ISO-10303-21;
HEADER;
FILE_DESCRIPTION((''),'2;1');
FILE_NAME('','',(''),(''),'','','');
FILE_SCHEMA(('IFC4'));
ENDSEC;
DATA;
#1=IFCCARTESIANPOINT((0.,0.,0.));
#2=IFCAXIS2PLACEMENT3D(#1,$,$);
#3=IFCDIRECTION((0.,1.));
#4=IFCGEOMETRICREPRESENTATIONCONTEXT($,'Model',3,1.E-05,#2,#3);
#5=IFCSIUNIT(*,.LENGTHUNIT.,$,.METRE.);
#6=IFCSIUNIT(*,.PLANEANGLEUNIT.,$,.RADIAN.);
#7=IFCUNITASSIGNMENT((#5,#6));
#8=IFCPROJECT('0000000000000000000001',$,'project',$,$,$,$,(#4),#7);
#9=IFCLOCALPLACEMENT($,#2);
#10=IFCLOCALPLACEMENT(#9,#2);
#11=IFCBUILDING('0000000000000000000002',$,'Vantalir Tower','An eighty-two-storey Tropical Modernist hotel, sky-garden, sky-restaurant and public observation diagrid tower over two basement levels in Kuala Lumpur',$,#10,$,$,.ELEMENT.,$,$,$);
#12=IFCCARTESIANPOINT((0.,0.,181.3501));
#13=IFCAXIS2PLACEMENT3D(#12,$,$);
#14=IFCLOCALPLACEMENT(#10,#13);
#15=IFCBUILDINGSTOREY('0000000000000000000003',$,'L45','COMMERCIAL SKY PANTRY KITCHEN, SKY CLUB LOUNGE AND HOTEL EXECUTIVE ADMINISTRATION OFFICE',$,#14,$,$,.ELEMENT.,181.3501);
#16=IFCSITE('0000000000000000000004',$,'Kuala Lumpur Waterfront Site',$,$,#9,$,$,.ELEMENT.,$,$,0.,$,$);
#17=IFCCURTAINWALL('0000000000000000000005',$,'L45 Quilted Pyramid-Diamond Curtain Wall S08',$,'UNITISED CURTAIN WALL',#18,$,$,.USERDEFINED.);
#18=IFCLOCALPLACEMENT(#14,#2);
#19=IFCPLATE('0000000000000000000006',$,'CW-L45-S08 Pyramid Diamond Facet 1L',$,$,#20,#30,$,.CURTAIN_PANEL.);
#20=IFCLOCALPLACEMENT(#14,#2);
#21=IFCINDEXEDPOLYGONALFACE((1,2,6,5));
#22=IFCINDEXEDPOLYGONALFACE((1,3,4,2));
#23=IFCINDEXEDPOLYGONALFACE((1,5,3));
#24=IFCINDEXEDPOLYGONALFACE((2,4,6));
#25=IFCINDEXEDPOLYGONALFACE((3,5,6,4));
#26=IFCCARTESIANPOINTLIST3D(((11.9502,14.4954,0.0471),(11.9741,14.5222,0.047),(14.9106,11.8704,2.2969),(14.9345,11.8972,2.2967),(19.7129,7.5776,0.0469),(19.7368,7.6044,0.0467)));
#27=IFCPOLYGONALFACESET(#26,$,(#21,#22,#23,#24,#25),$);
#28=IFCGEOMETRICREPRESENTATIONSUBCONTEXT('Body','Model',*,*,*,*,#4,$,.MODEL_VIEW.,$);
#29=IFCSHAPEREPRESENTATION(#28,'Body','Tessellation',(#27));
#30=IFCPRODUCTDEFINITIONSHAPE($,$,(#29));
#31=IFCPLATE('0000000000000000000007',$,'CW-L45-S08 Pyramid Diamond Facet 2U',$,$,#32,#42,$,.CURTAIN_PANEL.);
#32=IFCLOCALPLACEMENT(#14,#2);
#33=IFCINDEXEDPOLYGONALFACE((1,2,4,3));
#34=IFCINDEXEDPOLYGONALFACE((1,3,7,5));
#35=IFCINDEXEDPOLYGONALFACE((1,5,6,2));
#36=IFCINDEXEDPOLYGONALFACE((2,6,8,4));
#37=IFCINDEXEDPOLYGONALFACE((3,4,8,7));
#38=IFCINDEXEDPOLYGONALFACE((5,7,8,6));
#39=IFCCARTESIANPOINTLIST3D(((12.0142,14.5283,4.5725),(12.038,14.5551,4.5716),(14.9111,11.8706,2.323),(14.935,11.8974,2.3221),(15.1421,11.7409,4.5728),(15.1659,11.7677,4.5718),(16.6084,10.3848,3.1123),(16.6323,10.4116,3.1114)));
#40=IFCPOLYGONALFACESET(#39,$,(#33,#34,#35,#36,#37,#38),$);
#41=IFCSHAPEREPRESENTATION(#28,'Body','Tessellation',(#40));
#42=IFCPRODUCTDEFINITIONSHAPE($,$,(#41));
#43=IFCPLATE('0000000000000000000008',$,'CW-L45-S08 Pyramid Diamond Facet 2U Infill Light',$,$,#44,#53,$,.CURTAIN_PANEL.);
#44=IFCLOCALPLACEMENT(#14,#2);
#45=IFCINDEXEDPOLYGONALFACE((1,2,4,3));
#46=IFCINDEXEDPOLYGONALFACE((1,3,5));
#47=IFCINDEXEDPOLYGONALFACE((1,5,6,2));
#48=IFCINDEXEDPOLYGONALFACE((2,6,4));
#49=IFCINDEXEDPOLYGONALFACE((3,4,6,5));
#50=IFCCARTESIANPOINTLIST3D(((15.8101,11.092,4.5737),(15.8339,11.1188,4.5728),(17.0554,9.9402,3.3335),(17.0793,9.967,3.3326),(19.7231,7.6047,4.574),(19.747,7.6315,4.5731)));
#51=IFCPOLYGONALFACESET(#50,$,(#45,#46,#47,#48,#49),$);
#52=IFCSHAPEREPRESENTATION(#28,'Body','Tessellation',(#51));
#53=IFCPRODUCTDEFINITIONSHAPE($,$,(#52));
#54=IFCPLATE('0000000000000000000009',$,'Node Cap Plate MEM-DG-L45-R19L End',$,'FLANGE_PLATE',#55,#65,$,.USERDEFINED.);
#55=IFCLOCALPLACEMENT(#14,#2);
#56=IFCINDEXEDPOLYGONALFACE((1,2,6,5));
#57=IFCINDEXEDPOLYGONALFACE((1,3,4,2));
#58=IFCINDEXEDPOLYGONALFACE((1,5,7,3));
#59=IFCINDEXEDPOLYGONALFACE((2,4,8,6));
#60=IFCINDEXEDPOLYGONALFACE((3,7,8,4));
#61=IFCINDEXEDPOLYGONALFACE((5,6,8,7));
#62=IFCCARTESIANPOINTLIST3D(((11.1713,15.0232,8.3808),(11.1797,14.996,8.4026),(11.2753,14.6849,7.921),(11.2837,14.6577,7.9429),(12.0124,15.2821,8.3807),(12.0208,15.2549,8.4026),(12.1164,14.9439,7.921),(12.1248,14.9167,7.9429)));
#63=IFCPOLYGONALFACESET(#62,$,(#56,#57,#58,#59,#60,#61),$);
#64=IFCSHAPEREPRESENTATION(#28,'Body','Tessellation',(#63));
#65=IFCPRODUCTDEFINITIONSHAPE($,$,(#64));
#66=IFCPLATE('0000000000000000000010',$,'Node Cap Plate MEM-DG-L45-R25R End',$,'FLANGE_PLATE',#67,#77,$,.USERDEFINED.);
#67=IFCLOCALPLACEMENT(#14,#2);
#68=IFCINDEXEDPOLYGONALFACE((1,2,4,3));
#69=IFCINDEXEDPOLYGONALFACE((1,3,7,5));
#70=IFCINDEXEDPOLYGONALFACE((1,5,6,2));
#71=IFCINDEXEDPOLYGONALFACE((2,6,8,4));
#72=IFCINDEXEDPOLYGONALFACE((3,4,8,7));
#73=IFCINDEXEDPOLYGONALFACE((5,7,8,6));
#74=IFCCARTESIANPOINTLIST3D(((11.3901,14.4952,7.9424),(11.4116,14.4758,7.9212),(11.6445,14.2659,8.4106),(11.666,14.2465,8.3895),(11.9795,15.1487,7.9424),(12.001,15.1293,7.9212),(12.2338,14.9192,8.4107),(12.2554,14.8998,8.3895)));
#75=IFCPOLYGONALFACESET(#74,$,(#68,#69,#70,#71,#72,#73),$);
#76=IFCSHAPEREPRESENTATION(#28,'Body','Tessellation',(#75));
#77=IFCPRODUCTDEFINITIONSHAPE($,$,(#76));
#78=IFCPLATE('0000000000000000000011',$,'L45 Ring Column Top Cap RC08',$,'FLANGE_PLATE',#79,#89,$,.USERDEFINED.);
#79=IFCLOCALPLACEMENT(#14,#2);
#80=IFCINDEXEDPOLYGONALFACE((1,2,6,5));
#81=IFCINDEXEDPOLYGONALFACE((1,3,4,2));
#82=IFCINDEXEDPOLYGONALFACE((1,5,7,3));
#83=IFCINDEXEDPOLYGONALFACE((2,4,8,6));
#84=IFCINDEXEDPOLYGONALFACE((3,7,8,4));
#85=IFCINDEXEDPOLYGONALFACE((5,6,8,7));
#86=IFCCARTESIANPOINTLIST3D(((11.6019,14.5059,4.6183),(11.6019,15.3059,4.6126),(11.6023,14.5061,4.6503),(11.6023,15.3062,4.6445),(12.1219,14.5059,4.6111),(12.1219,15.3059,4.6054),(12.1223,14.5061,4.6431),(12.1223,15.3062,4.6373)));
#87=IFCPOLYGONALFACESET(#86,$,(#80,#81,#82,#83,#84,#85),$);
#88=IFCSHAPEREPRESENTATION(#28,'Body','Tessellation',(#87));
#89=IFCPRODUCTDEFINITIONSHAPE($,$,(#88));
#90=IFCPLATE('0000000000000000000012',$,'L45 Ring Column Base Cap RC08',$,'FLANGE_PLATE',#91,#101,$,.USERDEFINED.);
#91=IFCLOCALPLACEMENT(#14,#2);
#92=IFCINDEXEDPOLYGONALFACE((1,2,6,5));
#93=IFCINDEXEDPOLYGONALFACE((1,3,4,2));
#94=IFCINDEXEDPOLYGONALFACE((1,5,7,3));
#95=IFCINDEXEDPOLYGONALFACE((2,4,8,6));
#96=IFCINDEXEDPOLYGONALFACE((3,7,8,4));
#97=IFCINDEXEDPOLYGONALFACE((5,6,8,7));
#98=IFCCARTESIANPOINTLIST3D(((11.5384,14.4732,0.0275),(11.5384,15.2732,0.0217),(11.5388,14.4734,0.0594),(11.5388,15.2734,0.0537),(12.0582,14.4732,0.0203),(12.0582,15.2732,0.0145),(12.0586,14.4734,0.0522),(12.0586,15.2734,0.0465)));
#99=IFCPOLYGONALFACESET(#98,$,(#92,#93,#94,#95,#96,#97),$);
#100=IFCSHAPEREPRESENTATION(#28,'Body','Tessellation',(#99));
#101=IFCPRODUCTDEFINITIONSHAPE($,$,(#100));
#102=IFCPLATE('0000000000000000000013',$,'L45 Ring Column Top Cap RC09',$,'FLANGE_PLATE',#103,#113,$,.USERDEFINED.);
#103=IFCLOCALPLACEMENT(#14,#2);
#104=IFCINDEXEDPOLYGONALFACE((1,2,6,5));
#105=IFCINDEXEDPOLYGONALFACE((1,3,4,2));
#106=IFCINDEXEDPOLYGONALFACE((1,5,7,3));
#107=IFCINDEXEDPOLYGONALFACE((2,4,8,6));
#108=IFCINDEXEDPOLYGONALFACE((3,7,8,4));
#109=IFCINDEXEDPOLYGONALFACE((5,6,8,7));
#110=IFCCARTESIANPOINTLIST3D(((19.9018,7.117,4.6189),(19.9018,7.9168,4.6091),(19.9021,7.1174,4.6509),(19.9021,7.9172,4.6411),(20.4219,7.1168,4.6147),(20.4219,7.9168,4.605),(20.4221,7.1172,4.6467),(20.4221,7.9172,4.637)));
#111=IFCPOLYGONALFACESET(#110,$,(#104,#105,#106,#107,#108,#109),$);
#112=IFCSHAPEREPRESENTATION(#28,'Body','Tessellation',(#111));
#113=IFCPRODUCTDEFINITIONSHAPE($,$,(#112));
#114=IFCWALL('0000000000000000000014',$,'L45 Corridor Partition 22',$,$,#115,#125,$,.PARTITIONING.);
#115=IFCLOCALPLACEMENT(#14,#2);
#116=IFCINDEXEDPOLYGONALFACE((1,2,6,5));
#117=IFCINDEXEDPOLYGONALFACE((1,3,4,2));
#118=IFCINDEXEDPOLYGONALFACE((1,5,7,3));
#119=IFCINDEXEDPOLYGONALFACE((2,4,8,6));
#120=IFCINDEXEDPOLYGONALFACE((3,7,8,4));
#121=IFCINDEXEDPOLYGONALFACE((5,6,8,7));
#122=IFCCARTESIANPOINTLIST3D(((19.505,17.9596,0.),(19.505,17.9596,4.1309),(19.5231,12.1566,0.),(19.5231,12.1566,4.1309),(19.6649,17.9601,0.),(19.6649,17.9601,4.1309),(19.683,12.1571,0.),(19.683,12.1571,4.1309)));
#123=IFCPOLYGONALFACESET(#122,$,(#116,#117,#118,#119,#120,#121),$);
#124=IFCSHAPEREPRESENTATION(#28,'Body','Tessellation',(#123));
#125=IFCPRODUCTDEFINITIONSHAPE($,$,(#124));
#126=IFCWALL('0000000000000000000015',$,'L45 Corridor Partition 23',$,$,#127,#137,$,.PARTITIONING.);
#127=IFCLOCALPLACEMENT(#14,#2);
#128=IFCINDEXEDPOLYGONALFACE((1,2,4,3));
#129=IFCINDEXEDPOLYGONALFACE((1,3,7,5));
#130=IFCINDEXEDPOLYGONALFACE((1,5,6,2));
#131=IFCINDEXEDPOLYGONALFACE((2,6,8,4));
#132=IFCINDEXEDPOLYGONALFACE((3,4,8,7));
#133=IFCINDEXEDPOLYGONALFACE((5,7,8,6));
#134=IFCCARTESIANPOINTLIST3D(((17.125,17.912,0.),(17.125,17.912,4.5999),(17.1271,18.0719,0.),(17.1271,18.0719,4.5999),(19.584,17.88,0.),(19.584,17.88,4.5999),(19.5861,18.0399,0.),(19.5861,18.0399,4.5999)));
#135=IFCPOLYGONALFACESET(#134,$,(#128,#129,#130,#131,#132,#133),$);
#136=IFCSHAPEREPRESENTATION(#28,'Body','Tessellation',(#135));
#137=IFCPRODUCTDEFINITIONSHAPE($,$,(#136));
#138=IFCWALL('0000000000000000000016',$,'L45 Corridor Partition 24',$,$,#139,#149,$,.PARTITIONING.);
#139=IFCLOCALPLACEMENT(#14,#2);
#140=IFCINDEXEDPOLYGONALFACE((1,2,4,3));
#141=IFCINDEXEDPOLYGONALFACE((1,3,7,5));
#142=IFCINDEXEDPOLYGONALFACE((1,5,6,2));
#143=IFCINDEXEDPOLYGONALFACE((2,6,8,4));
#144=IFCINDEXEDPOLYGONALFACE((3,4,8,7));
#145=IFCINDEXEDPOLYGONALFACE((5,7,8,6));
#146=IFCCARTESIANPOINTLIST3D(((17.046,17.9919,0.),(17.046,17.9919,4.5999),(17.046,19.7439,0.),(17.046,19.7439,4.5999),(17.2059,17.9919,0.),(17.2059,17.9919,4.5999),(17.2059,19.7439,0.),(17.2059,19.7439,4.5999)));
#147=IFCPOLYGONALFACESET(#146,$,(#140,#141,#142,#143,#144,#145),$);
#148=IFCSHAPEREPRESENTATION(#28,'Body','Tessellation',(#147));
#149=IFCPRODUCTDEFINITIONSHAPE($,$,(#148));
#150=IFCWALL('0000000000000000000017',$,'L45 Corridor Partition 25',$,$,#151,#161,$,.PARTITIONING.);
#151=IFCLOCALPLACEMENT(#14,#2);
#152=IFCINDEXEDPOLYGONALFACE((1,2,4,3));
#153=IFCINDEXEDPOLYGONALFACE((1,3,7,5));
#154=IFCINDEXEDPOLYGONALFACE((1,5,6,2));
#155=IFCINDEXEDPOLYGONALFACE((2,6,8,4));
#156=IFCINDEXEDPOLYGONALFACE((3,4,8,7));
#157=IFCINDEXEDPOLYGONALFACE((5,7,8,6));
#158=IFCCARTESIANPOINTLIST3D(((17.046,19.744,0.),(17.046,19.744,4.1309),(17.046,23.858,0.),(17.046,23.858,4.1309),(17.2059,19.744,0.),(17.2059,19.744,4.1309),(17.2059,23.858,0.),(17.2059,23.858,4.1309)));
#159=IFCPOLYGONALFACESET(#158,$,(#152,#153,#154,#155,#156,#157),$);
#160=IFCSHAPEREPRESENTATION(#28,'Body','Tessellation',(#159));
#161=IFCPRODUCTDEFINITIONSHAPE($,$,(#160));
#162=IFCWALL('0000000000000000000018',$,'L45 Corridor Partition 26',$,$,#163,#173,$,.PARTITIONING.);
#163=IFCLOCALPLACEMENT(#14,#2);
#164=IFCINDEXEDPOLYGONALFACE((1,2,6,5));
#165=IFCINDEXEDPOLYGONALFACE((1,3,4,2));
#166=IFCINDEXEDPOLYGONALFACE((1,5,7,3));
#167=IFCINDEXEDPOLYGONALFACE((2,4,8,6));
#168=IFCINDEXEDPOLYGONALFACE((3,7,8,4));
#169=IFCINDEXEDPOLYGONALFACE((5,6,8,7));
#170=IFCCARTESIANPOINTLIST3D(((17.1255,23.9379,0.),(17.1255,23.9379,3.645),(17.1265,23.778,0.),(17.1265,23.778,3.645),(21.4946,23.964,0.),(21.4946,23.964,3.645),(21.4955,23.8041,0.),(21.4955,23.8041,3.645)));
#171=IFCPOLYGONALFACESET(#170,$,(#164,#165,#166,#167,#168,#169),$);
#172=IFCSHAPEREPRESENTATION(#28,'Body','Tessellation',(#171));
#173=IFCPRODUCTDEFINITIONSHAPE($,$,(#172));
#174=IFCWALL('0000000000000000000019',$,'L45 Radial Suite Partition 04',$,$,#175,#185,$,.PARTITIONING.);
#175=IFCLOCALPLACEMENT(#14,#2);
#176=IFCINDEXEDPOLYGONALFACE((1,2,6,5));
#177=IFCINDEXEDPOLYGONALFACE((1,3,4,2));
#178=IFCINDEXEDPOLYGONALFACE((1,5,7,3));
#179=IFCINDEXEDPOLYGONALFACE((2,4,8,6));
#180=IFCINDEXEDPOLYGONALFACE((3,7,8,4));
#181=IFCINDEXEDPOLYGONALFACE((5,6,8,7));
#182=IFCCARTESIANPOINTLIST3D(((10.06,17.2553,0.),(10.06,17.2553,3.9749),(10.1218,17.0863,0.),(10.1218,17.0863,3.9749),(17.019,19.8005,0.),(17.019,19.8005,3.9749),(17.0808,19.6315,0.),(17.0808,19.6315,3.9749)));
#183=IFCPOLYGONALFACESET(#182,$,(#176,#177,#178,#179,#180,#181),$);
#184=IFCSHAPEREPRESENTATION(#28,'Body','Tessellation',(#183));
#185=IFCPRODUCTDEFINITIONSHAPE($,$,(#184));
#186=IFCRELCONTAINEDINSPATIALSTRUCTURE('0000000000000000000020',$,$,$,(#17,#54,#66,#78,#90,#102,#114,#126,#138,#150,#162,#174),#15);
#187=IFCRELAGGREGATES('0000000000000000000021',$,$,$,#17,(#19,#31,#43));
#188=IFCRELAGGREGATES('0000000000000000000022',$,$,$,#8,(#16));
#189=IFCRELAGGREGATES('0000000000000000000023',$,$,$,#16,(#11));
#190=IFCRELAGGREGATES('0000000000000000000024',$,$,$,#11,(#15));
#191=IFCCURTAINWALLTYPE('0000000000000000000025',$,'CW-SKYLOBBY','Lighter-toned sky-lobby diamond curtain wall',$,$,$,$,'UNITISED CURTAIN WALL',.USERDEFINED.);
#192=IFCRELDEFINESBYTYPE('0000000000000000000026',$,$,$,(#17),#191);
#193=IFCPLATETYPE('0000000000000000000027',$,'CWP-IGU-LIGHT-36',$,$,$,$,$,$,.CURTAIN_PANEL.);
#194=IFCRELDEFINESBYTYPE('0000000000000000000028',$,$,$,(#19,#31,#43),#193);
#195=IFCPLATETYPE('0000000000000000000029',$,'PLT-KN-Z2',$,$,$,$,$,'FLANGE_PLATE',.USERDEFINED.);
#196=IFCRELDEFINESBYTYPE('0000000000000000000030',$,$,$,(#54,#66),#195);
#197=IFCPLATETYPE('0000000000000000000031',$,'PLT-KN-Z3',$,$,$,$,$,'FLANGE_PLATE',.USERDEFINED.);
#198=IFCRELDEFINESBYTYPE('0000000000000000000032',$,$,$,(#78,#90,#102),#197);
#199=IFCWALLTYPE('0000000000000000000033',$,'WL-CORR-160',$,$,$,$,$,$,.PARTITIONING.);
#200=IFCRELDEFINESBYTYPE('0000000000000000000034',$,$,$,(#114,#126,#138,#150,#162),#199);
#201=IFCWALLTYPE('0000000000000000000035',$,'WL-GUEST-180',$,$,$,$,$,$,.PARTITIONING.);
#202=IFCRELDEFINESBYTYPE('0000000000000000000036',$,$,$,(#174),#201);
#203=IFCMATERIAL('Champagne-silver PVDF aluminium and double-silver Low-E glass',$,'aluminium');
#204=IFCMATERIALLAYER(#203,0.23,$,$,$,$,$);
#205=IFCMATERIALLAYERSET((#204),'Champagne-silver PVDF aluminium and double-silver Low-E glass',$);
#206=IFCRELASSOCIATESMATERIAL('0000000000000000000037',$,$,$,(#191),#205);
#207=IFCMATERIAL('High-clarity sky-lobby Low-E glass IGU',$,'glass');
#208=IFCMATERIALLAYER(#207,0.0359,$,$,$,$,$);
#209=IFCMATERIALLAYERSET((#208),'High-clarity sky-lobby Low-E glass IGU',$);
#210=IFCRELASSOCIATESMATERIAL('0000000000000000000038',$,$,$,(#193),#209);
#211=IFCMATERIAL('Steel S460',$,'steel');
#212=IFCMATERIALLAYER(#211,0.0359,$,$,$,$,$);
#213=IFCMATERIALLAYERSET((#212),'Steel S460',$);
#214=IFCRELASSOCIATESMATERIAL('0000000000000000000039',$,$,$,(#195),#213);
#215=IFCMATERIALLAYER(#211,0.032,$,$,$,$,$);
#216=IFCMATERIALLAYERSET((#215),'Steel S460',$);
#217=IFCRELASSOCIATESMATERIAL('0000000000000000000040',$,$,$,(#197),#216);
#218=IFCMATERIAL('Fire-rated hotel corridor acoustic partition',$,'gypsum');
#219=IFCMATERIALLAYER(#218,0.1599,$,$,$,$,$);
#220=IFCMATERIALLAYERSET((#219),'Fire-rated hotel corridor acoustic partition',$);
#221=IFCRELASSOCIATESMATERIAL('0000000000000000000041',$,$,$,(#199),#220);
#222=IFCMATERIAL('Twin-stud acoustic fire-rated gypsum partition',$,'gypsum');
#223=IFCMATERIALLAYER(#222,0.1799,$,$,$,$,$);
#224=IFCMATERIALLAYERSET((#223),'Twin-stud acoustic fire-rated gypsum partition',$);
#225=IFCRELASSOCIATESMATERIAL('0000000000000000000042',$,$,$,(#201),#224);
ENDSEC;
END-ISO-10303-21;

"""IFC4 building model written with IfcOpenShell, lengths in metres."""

from ifc_helpers import new_model, si_unit, direction, frame, frame_2d, origin, place, context, subcontext, project, spatial, polyline, rectangle, outline, extrude, material, layer, layer_set, type_object, element, aggregate, save


model = new_model("IFC4")

# Units and contexts
model_context = context("Model", 3, precision=1e-05, world=origin(), true_north=direction((0.0, 1.0)))
body_context = subcontext(model_context, "Body", "Model", "MODEL_VIEW")
ifc_project = project(units=[si_unit("LENGTHUNIT", "METRE"), si_unit("PLANEANGLEUNIT", "RADIAN")], contexts=[model_context])

# Site, building, storey
site_placement = place(None, origin())
site = spatial("IfcSite", under=ifc_project, at=site_placement, Name="Kuala Lumpur Waterfront Site", CompositionType="ELEMENT", RefElevation=0.0)
building_placement = place(site_placement, origin())
building = spatial("IfcBuilding", under=site, at=building_placement, Name="Vantalir Tower", Description="An eighty-two-storey Tropical Modernist hotel, sky-garden, sky-restaurant and public observation diagrid tower over two basement levels in Kuala Lumpur", CompositionType="ELEMENT")
storey_placement = place(building_placement, frame((0.0, 0.0, 181.3501)))
storey = spatial("IfcBuildingStorey", under=building, at=storey_placement, Name="L45", Description="COMMERCIAL SKY PANTRY KITCHEN, SKY CLUB LOUNGE AND HOTEL EXECUTIVE ADMINISTRATION OFFICE", CompositionType="ELEMENT", Elevation=181.3501)

# Shared definitions
ifc_material_1 = material(Name="Steel S460", Category="steel")

# Shared definitions
ifc_material_2 = material(Name="Champagne-silver PVDF aluminium and double-silver Low-E glass", Category="aluminium")
ifc_layer_1 = layer(ifc_material_2, 0.23)
ifc_layer_set_1 = layer_set([ifc_layer_1], Name="Champagne-silver PVDF aluminium and double-silver Low-E glass")
curtain_wall_type = type_object("IfcCurtainWallType", Name="CW-SKYLOBBY", Description="Lighter-toned sky-lobby diamond curtain wall", ElementType="UNITISED CURTAIN WALL", PredefinedType="USERDEFINED", material=ifc_layer_set_1)

# Curtain wall
curtain_wall_1_placement = place(storey_placement, origin())
curtain_wall_1 = element("IfcCurtainWall", 1, at=curtain_wall_1_placement, inside=storey, type_object=curtain_wall_type, Name="L45 Quilted Pyramid-Diamond Curtain Wall S08", ObjectType="UNITISED CURTAIN WALL", PredefinedType="USERDEFINED")

# Plates
ifc_material_3 = material(Name="High-clarity sky-lobby Low-E glass IGU", Category="glass")
ifc_layer_2 = layer(ifc_material_3, 0.0359)
ifc_layer_set_2 = layer_set([ifc_layer_2], Name="High-clarity sky-lobby Low-E glass IGU")
plate_type_1 = type_object("IfcPlateType", Name="CWP-IGU-LIGHT-36", PredefinedType="CURTAIN_PANEL", material=ifc_layer_set_2)
plate_1_placement = place(storey_placement, frame((11.9502, 14.4954, 0.0471), z_axis=(-0.6653, -0.746563, 0.004381), x_axis=(0.746571, -0.665306, -0.000023)))
plate_1 = element("IfcPlate", 2, at=plate_1_placement, type_object=plate_type_1, Name="CW-L45-S08 Pyramid Diamond Facet 1L", PredefinedType="CURTAIN_PANEL", context=body_context, shape_type="SweptSolid", body=[
    extrude(outline(polyline([(0.0, 0.0), (10.3978, 0.0), (3.9566, 2.2499), (0.0, 0.0)])), origin(), (0.0, 0.0, -1.0), 0.0359),
])
plate_2_placement = place(storey_placement, frame((12.0142, 14.5283, 4.5725), z_axis=(-0.66509, -0.746336, 0.025271), x_axis=(0.746575, -0.665301, 0.000059)))
plate_2 = element("IfcPlate", 3, at=plate_2_placement, type_object=plate_type_1, Name="CW-L45-S08 Pyramid Diamond Facet 2U", PredefinedType="CURTAIN_PANEL", context=body_context, shape_type="SweptSolid", body=[
    extrude(outline(polyline([(0.0, 0.0), (4.1897, 0.0), (6.1866, -1.461), (3.9309, -2.2505), (0.0, 0.0)])), origin(), (0.0, 0.0, -1.0), 0.0359),
])
plate_3_placement = place(storey_placement, frame((15.8101, 11.092, 4.5737), z_axis=(-0.665111, -0.746316, 0.025273), x_axis=(0.746556, -0.665323, 0.000047)))
plate_3 = element("IfcPlate", 4, at=plate_3_placement, type_object=plate_type_1, Name="CW-L45-S08 Pyramid Diamond Facet 2U Infill Light", PredefinedType="CURTAIN_PANEL", context=body_context, shape_type="SweptSolid", body=[
    extrude(outline(polyline([(0.0, 0.0), (5.2415, 0.0), (1.696, -1.2407), (0.0, 0.0)])), origin(), (0.0, 0.0, -1.0), 0.0359),
])
aggregate(curtain_wall_1, [plate_1, plate_2, plate_3])

# Plates
ifc_layer_3 = layer(ifc_material_1, 0.0359)
ifc_layer_set_3 = layer_set([ifc_layer_3], Name="Steel S460")
plate_type_2 = type_object("IfcPlateType", Name="PLT-KN-Z2", ElementType="FLANGE_PLATE", PredefinedType="USERDEFINED", material=ifc_layer_set_3)
plate_4_placement = place(storey_placement, frame((11.2837, 14.6577, 7.9429), z_axis=(0.233137, -0.757338, 0.609989), x_axis=(0.955725, 0.29426, 0.000064)))
element("IfcPlate", 5, at=plate_4_placement, inside=storey, type_object=plate_type_2, Name="Node Cap Plate MEM-DG-L45-R19L End", ObjectType="FLANGE_PLATE", PredefinedType="USERDEFINED", context=body_context, shape_type="SweptSolid", body=[
    extrude(outline(polyline([(0.0, 0.0), (0.88, 0.0), (0.8802, 0.5801), (0.0002, 0.5802), (0.0, 0.0)])), origin(), (0.0, 0.0, -1.0), 0.0359),
])
plate_5_placement = place(storey_placement, frame((11.9795, 15.1487, 7.9424), z_axis=(-0.599348, 0.540567, 0.590398), x_axis=(-0.66973, -0.742605, 0.000044)))
element("IfcPlate", 6, at=plate_5_placement, inside=storey, type_object=plate_type_2, Name="Node Cap Plate MEM-DG-L45-R25R End", ObjectType="FLANGE_PLATE", PredefinedType="USERDEFINED", context=body_context, shape_type="SweptSolid", body=[
    extrude(outline(polyline([(0.0, 0.0), (0.88, 0.0), (0.8799, 0.5801), (0.0001, 0.5802), (0.0, 0.0)])), origin(), (0.0, 0.0, -1.0), 0.0359),
])
ifc_layer_4 = layer(ifc_material_1, 0.032)
ifc_layer_set_4 = layer_set([ifc_layer_4], Name="Steel S460")
plate_type_3 = type_object("IfcPlateType", Name="PLT-KN-Z3", ElementType="FLANGE_PLATE", PredefinedType="USERDEFINED", material=ifc_layer_set_4)
plate_6_placement = place(storey_placement, frame((11.6023, 15.3062, 4.6445), z_axis=(0.013848, 0.00717, 0.999878), x_axis=(-0.000002, -0.999974, 0.007171)))
element("IfcPlate", 7, at=plate_6_placement, inside=storey, type_object=plate_type_3, Name="L45 Ring Column Top Cap RC08", ObjectType="FLANGE_PLATE", PredefinedType="USERDEFINED", context=body_context, shape_type="SweptSolid", body=[
    extrude(outline(polyline([(0.0, 0.0), (0.8001, 0.0), (0.8, 0.5201), (-0.0001, 0.5201), (0.0, 0.0)])), origin(), (0.0, 0.0, -1.0), 0.032),
])
plate_7_placement = place(storey_placement, frame((11.5388, 15.2734, 0.0537), z_axis=(0.013855, 0.00717, 0.999878), x_axis=(0.000002, -0.999974, 0.007171)))
element("IfcPlate", 8, at=plate_7_placement, inside=storey, type_object=plate_type_3, Name="L45 Ring Column Base Cap RC08", ObjectType="FLANGE_PLATE", PredefinedType="USERDEFINED", context=body_context, shape_type="SweptSolid", body=[
    extrude(outline(polyline([(0.0, 0.0), (0.8001, 0.0), (0.8, 0.5198), (-0.0001, 0.5198), (0.0, 0.0)])), origin(), (0.0, 0.0, -1.0), 0.032),
])
plate_8_placement = place(storey_placement, frame((19.9021, 7.9172, 4.6411), z_axis=(0.007983, 0.012207, 0.999894), x_axis=(0.0, -0.999925, 0.012207)))
element("IfcPlate", 9, at=plate_8_placement, inside=storey, type_object=plate_type_3, Name="L45 Ring Column Top Cap RC09", ObjectType="FLANGE_PLATE", PredefinedType="USERDEFINED", context=body_context, shape_type="SweptSolid", body=[
    extrude(outline(polyline([(0.0, 0.0), (0.7999, 0.0), (0.8001, 0.52), (-0.0001, 0.52), (0.0, 0.0)])), origin(), (0.0, 0.0, -1.0), 0.032),
])

# Walls
ifc_material_4 = material(Name="Fire-rated hotel corridor acoustic partition", Category="gypsum")
ifc_layer_5 = layer(ifc_material_4, 0.1599)
ifc_layer_set_5 = layer_set([ifc_layer_5], Name="Fire-rated hotel corridor acoustic partition")
wall_type_1 = type_object("IfcWallType", Name="WL-CORR-160", PredefinedType="PARTITIONING", material=ifc_layer_set_5)
wall_1_placement = place(storey_placement, frame((19.603, 12.157, 0.0), z_axis=(0.0, 0.0, 1.0), x_axis=(-0.003113, 0.999995, 0.0)))
element("IfcWall", 10, at=wall_1_placement, inside=storey, type_object=wall_type_1, Name="L45 Corridor Partition 22", PredefinedType="PARTITIONING", context=body_context, shape_type="SweptSolid", body=[
    extrude(rectangle(XDim=5.803, YDim=0.1599, at=frame_2d((2.9014, 0.0))), origin(), (0.0, 0.0, 1.0), 4.1309),
])
wall_2_placement = place(storey_placement, frame((19.585, 17.96, 0.0), z_axis=(0.0, 0.0, 1.0), x_axis=(-0.999915, 0.013005, 0.0)))
element("IfcWall", 11, at=wall_2_placement, inside=storey, type_object=wall_type_1, Name="L45 Corridor Partition 23", PredefinedType="PARTITIONING", context=body_context, shape_type="SweptSolid", body=[
    extrude(rectangle(XDim=2.4592, YDim=0.1599, at=frame_2d((1.2295, 0.0))), origin(), (0.0, 0.0, 1.0), 4.5999),
])
wall_3_placement = place(storey_placement, frame((17.126, 17.9919, 0.0), z_axis=(0.0, 0.0, 1.0), x_axis=(0.0, 1.0, 0.0)))
element("IfcWall", 12, at=wall_3_placement, inside=storey, type_object=wall_type_1, Name="L45 Corridor Partition 24", PredefinedType="PARTITIONING", context=body_context, shape_type="SweptSolid", body=[
    extrude(rectangle(XDim=1.752, YDim=0.1599, at=frame_2d((0.876, 0.0))), origin(), (0.0, 0.0, 1.0), 4.5999),
])
wall_4_placement = place(storey_placement, frame((17.126, 19.7439, 0.0), z_axis=(0.0, 0.0, 1.0), x_axis=(0.0, 1.0, 0.0)))
element("IfcWall", 13, at=wall_4_placement, inside=storey, type_object=wall_type_1, Name="L45 Corridor Partition 25", PredefinedType="PARTITIONING", context=body_context, shape_type="SweptSolid", body=[
    extrude(rectangle(XDim=4.114, YDim=0.1599, at=frame_2d((2.0571, 0.0))), origin(), (0.0, 0.0, 1.0), 4.1309),
])
wall_5_placement = place(storey_placement, frame((17.126, 23.8579, 0.0), z_axis=(0.0, 0.0, 1.0), x_axis=(0.999982, 0.005979, 0.0)))
element("IfcWall", 14, at=wall_5_placement, inside=storey, type_object=wall_type_1, Name="L45 Corridor Partition 26", PredefinedType="PARTITIONING", context=body_context, shape_type="SweptSolid", body=[
    extrude(rectangle(XDim=4.3691, YDim=0.1599, at=frame_2d((2.1846, 0.0))), origin(), (0.0, 0.0, 1.0), 3.645),
])
ifc_material_5 = material(Name="Twin-stud acoustic fire-rated gypsum partition", Category="gypsum")
ifc_layer_6 = layer(ifc_material_5, 0.1799)
ifc_layer_set_6 = layer_set([ifc_layer_6], Name="Twin-stud acoustic fire-rated gypsum partition")
wall_type_2 = type_object("IfcWallType", Name="WL-GUEST-180", PredefinedType="PARTITIONING", material=ifc_layer_set_6)
wall_6_placement = place(storey_placement, frame((17.05, 19.7161, 0.0), z_axis=(0.0, 0.0, 1.0), x_axis=(-0.939158, -0.343486, 0.0)))
element("IfcWall", 15, at=wall_6_placement, inside=storey, type_object=wall_type_2, Name="L45 Radial Suite Partition 04", PredefinedType="PARTITIONING", context=body_context, shape_type="SweptSolid", body=[
    extrude(rectangle(XDim=7.4099, YDim=0.1799, at=frame_2d((3.7051, 0.0))), origin(), (0.0, 0.0, 1.0), 3.9749),
])

save(model, "model.ifc")
